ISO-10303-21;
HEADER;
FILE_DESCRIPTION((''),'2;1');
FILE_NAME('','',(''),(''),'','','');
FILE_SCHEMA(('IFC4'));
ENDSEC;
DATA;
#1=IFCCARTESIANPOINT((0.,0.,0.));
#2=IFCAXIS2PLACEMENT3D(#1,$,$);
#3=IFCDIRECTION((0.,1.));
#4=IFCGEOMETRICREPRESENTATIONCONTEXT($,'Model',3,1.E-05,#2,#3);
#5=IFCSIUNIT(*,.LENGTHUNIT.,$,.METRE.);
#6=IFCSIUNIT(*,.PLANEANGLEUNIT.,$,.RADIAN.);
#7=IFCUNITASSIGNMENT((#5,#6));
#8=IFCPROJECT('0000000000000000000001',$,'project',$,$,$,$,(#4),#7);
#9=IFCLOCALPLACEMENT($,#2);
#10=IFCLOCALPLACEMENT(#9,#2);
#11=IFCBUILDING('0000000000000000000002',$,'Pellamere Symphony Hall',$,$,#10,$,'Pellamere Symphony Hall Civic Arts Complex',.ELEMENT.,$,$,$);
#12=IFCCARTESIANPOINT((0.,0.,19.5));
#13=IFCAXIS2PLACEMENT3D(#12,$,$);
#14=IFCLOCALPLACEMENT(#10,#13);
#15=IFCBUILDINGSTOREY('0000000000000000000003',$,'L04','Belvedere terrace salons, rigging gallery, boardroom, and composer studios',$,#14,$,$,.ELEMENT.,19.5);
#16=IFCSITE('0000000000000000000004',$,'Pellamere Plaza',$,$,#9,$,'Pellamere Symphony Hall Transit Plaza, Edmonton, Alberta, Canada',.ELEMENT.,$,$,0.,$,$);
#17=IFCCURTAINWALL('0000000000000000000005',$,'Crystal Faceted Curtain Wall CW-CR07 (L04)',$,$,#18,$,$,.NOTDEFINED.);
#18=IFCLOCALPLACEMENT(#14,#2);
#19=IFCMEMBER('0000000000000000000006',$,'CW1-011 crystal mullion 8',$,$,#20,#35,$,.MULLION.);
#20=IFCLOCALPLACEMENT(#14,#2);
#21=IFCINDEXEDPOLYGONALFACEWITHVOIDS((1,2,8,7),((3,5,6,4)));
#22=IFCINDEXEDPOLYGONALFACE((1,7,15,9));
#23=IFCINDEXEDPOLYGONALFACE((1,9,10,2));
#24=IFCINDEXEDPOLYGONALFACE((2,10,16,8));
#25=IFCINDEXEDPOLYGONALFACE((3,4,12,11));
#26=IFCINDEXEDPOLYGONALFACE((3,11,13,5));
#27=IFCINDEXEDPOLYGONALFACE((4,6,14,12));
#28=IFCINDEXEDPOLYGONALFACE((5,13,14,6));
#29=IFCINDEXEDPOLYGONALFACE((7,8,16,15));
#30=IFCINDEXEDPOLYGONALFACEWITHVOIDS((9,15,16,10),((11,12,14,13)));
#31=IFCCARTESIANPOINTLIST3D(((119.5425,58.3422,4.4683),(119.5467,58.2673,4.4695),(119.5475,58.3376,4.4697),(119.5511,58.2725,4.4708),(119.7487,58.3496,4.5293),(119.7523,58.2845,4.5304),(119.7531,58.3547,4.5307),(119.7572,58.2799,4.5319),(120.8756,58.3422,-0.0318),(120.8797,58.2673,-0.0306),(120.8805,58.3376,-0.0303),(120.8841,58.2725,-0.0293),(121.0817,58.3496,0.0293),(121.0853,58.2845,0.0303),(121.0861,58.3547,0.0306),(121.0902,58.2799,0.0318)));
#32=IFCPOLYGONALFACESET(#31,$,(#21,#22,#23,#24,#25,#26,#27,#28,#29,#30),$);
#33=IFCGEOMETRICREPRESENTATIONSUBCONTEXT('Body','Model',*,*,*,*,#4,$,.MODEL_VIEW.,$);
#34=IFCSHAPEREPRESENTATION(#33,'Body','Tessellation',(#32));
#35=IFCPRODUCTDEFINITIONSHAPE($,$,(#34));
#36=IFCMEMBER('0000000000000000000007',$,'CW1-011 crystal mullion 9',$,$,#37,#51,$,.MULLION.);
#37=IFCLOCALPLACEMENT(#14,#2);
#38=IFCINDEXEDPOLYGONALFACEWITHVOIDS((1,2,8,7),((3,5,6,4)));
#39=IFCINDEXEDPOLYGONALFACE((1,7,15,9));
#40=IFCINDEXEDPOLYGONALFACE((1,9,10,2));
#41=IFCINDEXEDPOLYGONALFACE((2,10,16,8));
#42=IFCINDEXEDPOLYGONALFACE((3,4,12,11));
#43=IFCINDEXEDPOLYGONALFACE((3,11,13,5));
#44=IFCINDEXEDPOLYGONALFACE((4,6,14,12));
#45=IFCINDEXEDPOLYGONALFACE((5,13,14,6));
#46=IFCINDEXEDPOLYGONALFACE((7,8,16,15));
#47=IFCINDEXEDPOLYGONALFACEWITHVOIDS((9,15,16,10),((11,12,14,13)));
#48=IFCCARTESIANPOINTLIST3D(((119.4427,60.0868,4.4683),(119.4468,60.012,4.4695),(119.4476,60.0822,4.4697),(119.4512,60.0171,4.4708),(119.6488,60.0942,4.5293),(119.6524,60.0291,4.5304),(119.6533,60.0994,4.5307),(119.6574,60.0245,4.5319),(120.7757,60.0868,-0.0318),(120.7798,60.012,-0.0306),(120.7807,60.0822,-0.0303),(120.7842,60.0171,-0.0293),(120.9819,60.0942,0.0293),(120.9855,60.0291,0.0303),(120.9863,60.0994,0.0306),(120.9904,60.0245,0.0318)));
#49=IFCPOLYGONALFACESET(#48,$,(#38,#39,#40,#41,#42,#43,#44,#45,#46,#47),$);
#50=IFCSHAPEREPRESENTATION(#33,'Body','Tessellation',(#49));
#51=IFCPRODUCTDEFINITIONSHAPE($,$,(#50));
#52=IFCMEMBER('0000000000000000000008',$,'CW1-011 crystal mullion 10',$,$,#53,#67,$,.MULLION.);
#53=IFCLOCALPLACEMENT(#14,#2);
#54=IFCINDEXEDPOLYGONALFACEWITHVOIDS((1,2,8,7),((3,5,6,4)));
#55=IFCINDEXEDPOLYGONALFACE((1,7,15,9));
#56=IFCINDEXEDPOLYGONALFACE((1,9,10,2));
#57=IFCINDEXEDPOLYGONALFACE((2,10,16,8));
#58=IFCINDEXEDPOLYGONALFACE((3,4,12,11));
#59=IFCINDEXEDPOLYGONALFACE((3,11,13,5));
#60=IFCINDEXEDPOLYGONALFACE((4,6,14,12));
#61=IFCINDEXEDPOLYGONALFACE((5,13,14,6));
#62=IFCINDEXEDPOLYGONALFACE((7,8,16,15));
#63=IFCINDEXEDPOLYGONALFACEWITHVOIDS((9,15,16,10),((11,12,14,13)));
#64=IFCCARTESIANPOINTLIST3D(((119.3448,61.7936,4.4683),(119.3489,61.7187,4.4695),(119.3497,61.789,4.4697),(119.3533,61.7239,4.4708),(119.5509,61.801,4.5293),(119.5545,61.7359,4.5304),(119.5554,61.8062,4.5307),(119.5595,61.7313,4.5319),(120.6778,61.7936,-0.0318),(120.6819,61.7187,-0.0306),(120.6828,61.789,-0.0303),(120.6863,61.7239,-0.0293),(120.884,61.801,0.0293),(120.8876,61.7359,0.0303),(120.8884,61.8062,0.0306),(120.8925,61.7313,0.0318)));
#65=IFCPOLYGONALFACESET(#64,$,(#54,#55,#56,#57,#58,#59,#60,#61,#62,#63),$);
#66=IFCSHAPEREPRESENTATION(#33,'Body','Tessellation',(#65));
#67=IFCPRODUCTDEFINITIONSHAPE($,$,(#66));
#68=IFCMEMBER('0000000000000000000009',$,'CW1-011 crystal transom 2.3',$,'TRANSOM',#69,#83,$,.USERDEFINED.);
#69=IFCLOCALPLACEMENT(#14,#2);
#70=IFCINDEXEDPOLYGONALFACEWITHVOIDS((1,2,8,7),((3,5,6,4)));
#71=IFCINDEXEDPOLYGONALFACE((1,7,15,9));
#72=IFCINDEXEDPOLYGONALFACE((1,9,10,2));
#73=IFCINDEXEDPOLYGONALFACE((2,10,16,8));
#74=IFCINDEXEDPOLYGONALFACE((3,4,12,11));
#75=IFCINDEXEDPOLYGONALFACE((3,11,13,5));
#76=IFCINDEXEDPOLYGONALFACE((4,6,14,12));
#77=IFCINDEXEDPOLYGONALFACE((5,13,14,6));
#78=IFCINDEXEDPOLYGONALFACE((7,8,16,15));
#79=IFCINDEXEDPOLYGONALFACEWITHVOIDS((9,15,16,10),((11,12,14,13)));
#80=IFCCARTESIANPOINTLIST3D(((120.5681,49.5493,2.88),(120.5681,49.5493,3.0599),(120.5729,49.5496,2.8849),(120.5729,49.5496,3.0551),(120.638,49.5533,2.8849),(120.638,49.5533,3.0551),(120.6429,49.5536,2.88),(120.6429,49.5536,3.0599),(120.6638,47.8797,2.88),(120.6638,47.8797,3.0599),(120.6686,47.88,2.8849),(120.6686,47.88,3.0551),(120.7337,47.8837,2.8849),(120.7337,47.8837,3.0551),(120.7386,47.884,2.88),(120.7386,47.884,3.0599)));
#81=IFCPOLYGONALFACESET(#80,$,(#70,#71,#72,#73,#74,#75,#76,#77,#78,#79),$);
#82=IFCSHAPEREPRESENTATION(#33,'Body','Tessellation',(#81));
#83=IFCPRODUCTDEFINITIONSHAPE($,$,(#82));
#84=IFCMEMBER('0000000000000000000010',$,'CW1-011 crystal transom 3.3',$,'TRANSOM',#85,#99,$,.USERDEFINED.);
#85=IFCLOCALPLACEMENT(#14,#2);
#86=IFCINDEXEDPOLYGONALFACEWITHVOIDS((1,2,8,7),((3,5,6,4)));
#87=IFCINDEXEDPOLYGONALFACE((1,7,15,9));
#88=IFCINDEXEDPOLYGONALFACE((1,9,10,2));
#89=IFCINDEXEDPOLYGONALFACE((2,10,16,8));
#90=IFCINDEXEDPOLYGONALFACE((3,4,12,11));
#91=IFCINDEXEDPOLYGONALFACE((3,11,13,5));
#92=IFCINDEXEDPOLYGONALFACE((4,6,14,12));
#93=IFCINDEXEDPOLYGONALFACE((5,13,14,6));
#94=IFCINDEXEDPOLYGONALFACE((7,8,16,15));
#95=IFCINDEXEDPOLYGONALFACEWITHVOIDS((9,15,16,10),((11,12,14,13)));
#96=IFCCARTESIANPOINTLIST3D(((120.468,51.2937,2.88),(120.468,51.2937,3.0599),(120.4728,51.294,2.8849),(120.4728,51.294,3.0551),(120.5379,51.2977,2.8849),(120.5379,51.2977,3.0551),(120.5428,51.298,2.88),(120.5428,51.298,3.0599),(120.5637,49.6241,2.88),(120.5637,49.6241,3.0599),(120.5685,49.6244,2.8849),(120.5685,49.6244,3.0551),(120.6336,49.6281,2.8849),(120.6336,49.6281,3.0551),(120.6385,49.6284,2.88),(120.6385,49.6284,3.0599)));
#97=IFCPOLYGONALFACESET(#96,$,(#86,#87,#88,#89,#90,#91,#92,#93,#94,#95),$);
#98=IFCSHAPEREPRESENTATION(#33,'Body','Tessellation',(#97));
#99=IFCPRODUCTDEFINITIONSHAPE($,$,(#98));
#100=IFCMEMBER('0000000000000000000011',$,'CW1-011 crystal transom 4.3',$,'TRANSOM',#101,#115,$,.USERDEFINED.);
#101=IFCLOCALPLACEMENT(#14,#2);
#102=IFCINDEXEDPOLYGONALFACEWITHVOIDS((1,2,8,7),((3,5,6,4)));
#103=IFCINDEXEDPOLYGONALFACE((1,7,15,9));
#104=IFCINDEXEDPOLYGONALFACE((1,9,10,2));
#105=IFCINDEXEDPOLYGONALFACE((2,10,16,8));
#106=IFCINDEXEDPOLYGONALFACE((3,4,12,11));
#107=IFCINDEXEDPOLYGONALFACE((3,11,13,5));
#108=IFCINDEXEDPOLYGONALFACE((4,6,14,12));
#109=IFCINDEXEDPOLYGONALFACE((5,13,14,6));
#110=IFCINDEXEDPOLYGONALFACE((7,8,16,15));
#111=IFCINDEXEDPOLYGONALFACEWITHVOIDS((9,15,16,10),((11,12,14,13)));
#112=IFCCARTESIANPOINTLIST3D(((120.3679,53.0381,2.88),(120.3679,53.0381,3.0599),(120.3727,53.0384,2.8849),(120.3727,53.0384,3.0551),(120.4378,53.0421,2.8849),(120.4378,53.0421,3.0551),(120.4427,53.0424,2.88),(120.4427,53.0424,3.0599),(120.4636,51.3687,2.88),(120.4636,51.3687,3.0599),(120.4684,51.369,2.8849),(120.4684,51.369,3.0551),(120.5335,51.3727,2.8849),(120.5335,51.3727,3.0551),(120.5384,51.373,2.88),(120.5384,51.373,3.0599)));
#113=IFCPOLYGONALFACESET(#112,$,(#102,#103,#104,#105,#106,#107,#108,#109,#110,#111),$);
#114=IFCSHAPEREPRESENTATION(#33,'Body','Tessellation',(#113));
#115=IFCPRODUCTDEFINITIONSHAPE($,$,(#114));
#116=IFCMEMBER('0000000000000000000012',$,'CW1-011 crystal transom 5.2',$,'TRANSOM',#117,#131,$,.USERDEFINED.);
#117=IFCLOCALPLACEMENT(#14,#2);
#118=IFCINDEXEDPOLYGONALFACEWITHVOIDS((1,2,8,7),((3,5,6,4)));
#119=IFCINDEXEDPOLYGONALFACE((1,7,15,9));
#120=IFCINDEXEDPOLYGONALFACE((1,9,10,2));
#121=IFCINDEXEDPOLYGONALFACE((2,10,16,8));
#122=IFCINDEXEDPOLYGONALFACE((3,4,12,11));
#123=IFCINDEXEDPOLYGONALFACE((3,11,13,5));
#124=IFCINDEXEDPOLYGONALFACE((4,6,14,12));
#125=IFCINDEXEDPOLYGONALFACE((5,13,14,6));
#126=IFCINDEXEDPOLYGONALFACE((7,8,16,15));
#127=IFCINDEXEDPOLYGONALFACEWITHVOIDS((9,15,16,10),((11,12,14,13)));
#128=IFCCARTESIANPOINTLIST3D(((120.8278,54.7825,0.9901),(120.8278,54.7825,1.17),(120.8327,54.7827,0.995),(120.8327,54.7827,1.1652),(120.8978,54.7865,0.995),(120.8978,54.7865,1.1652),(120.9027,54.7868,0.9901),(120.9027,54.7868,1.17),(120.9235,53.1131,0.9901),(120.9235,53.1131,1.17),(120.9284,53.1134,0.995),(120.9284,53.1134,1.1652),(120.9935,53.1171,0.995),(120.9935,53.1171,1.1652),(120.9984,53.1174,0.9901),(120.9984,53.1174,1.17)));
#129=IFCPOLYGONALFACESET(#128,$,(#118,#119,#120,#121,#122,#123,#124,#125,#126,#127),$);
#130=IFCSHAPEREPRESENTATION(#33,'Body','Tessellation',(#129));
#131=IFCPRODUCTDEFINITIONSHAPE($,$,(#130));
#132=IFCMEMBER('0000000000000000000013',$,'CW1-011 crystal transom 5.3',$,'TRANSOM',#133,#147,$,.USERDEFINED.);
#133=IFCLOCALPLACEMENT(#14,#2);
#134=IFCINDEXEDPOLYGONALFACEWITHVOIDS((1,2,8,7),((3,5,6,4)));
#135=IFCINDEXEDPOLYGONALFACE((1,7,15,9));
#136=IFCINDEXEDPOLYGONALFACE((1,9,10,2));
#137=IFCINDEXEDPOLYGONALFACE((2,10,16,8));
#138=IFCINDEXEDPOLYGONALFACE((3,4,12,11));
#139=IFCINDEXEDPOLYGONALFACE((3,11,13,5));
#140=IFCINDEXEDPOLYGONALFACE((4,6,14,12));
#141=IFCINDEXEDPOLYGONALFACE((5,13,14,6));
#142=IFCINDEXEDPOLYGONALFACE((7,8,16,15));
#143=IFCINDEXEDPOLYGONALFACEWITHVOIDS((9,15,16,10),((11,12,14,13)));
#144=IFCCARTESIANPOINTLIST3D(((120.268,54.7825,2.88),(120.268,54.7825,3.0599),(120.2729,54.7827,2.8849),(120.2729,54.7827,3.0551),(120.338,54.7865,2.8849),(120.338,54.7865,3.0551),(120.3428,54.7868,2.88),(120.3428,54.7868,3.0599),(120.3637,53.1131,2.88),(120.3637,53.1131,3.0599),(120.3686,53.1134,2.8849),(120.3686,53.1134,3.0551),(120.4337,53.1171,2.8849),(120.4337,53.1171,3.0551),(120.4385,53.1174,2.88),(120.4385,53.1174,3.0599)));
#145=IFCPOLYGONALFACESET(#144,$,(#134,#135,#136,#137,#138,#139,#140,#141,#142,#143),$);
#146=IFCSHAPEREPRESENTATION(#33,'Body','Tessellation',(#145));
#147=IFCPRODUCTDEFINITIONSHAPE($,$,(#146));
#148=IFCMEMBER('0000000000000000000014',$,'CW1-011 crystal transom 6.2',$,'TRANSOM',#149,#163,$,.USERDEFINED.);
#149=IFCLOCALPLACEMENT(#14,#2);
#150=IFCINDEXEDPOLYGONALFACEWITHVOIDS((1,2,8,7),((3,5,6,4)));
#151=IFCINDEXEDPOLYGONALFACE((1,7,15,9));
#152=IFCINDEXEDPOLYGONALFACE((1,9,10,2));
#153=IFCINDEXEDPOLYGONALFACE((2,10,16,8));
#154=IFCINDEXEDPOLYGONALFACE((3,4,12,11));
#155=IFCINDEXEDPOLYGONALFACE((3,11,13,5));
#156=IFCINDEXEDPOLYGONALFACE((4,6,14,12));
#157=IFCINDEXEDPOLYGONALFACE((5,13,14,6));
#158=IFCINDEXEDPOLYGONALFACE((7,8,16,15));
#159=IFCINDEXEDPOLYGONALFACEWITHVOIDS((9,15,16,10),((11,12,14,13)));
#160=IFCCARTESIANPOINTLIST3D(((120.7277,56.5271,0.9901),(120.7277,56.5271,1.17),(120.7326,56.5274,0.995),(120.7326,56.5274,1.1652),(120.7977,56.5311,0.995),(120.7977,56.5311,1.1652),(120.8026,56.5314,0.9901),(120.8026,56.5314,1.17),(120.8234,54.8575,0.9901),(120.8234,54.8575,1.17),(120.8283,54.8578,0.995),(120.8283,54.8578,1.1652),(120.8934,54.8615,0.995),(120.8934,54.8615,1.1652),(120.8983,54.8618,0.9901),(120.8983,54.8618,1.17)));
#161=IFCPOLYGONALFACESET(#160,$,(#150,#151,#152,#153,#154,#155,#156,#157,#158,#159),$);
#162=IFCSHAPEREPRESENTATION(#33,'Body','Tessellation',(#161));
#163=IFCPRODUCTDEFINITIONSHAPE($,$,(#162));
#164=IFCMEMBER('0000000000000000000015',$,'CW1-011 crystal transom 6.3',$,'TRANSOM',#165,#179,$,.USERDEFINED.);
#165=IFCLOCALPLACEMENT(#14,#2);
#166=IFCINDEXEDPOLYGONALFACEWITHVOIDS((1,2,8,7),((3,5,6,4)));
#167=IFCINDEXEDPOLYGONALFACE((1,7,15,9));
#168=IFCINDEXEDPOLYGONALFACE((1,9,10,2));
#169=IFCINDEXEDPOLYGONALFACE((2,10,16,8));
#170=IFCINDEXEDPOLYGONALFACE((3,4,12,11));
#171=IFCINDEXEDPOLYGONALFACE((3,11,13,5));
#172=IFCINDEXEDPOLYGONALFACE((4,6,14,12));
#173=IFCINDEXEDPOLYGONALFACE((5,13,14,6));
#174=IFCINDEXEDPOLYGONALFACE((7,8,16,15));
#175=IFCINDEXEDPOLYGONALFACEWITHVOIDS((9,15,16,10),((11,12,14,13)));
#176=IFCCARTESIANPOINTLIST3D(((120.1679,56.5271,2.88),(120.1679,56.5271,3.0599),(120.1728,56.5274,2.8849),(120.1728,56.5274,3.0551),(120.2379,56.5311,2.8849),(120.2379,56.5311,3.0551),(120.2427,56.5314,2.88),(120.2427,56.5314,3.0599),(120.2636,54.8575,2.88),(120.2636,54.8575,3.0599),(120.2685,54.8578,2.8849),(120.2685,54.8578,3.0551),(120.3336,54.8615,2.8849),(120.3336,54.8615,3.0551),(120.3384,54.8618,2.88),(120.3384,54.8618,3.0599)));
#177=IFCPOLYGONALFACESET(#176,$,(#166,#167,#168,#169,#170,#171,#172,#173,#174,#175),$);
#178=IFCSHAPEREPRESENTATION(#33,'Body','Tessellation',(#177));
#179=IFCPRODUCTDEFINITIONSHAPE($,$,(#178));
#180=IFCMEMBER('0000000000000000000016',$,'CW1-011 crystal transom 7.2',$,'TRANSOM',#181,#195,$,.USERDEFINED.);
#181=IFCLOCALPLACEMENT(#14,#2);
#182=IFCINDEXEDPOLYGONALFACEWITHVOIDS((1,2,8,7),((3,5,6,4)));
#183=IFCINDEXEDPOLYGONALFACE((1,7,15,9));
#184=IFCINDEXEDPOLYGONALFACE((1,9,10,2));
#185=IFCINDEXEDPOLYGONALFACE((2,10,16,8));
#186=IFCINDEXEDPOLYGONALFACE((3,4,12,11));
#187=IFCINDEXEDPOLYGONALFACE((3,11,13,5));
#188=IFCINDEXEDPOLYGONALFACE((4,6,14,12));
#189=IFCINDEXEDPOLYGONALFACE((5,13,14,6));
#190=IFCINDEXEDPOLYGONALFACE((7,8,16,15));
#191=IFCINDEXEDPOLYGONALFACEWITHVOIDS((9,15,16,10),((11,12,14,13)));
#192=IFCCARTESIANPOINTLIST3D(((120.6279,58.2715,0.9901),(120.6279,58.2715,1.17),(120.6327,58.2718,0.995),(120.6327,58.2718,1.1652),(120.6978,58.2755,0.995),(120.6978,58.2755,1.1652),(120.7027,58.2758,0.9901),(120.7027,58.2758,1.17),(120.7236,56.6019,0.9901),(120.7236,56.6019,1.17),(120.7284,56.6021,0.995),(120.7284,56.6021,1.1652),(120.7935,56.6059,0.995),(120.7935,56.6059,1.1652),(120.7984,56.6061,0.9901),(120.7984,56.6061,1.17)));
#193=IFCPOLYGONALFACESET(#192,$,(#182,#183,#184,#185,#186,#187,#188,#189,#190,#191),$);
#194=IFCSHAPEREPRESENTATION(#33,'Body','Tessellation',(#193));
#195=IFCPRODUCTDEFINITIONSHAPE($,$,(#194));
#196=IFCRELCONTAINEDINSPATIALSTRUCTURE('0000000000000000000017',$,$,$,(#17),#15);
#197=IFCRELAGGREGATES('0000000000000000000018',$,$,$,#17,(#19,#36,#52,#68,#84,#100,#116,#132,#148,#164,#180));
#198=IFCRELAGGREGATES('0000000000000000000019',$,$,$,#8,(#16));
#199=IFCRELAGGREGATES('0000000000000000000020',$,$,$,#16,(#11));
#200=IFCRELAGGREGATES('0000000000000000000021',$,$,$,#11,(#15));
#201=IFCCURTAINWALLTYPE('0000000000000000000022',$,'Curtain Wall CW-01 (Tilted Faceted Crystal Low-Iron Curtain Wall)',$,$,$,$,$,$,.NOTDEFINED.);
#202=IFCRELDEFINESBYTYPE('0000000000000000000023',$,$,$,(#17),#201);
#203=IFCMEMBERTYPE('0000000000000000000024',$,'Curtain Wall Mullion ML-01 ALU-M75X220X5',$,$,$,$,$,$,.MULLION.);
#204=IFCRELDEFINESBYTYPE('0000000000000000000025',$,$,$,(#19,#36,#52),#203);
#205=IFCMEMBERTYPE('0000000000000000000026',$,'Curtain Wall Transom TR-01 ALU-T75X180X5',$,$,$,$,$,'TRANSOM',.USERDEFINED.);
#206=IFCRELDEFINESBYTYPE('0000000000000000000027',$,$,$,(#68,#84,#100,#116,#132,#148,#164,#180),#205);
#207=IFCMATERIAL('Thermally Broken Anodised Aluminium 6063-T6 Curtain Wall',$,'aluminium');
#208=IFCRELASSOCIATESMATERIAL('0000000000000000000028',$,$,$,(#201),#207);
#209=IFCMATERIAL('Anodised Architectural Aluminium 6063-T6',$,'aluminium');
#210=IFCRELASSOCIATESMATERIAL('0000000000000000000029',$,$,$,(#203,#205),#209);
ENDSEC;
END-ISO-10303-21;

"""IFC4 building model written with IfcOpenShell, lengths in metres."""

from ifc_helpers import new_model, si_unit, direction, frame, origin, origin_2d, place, context, subcontext, project, spatial, hollow_rectangle, extrude, material, material_profile, profile_set, type_object, element, aggregate, save


model = new_model("IFC4")

# Units and contexts
model_context = context("Model", 3, precision=1e-05, world=origin(), true_north=direction((0.0, 1.0)))
body_context = subcontext(model_context, "Body", "Model", "MODEL_VIEW")
ifc_project = project(units=[si_unit("LENGTHUNIT", "METRE"), si_unit("PLANEANGLEUNIT", "RADIAN")], contexts=[model_context])

# Site, building, storey
site_placement = place(None, origin())
site = spatial("IfcSite", under=ifc_project, at=site_placement, Name="Pellamere Plaza", LongName="Pellamere Symphony Hall Transit Plaza, Edmonton, Alberta, Canada", CompositionType="ELEMENT", RefElevation=0.0)
building_placement = place(site_placement, origin())
building = spatial("IfcBuilding", under=site, at=building_placement, Name="Pellamere Symphony Hall", LongName="Pellamere Symphony Hall Civic Arts Complex", CompositionType="ELEMENT")
storey_placement = place(building_placement, frame((0.0, 0.0, 19.5)))
storey = spatial("IfcBuildingStorey", under=building, at=storey_placement, Name="L04", Description="Belvedere terrace salons, rigging gallery, boardroom, and composer studios", CompositionType="ELEMENT", Elevation=19.5)

# Curtain wall, members
ifc_material_1 = material(Name="Thermally Broken Anodised Aluminium 6063-T6 Curtain Wall", Category="aluminium")
curtain_wall_type = type_object("IfcCurtainWallType", Name="Curtain Wall CW-01 (Tilted Faceted Crystal Low-Iron Curtain Wall)", PredefinedType="NOTDEFINED", material=ifc_material_1)
curtain_wall_1_placement = place(storey_placement, origin())
curtain_wall_1 = element("IfcCurtainWall", 1, at=curtain_wall_1_placement, inside=storey, type_object=curtain_wall_type, Name="Crystal Faceted Curtain Wall CW-CR07 (L04)", PredefinedType="NOTDEFINED")
ifc_material_2 = material(Name="Anodised Architectural Aluminium 6063-T6", Category="aluminium")
ifc_material_profile_1 = material_profile(ifc_material_2, hollow_rectangle(XDim=0.075, YDim=0.22, WallThickness=0.0049, at=origin_2d()), Name="ALU-M75X220X5")
ifc_profile_set_1 = profile_set([ifc_material_profile_1], Name="Anodised Architectural Aluminium 6063-T6")
member_type_1 = type_object("IfcMemberType", Name="Curtain Wall Mullion ML-01 ALU-M75X220X5", PredefinedType="MULLION", material=ifc_profile_set_1)
member_1_placement = place(storey_placement, frame((120.9829, 58.311, 0.0), z_axis=(-0.284025, 0.0, 0.958817), x_axis=(-0.054874, 0.998361, -0.016255)))
member_1 = element("IfcMember", 2, at=member_1_placement, type_object=member_type_1, Name="CW1-011 crystal mullion 8", PredefinedType="MULLION", context=body_context, shape_type="SweptSolid", body=[
    extrude(hollow_rectangle(XDim=0.075, YDim=0.22, WallThickness=0.0049, at=origin_2d()), origin(), (0.0, 0.0, 1.0), 4.6934),
])
member_2_placement = place(storey_placement, frame((120.8831, 60.0557, 0.0), z_axis=(-0.284025, 0.0, 0.958817), x_axis=(-0.054874, 0.998361, -0.016255)))
member_2 = element("IfcMember", 3, at=member_2_placement, type_object=member_type_1, Name="CW1-011 crystal mullion 9", PredefinedType="MULLION", context=body_context, shape_type="SweptSolid", body=[
    extrude(hollow_rectangle(XDim=0.075, YDim=0.22, WallThickness=0.0049, at=origin_2d()), origin(), (0.0, 0.0, 1.0), 4.6934),
])
member_3_placement = place(storey_placement, frame((120.7852, 61.7625, 0.0), z_axis=(-0.284025, 0.0, 0.958817), x_axis=(-0.054874, 0.998361, -0.016255)))
member_3 = element("IfcMember", 4, at=member_3_placement, type_object=member_type_1, Name="CW1-011 crystal mullion 10", PredefinedType="MULLION", context=body_context, shape_type="SweptSolid", body=[
    extrude(hollow_rectangle(XDim=0.075, YDim=0.22, WallThickness=0.0049, at=origin_2d()), origin(), (0.0, 0.0, 1.0), 4.6934),
])
ifc_material_profile_2 = material_profile(ifc_material_2, hollow_rectangle(XDim=0.075, YDim=0.1799, WallThickness=0.0049, at=origin_2d()), Name="ALU-T75X180X5")
ifc_profile_set_2 = profile_set([ifc_material_profile_2], Name="Anodised Architectural Aluminium 6063-T6")
member_type_2 = type_object("IfcMemberType", Name="Curtain Wall Transom TR-01 ALU-T75X180X5", ElementType="TRANSOM", PredefinedType="USERDEFINED", material=ifc_profile_set_2)
member_4_placement = place(storey_placement, frame((120.7012, 47.8818, 2.97), z_axis=(-0.057224, 0.998361, 0.0), x_axis=(-0.998361, -0.057224, 0.0)))
member_4 = element("IfcMember", 5, at=member_4_placement, type_object=member_type_2, Name="CW1-011 crystal transom 2.3", ObjectType="TRANSOM", PredefinedType="USERDEFINED", context=body_context, shape_type="SweptSolid", body=[
    extrude(hollow_rectangle(XDim=0.075, YDim=0.1799, WallThickness=0.0049, at=origin_2d()), origin(), (0.0, 0.0, 1.0), 1.6724),
])
member_5_placement = place(storey_placement, frame((120.6011, 49.6262, 2.97), z_axis=(-0.057224, 0.998361, 0.0), x_axis=(-0.998361, -0.057224, 0.0)))
member_5 = element("IfcMember", 6, at=member_5_placement, type_object=member_type_2, Name="CW1-011 crystal transom 3.3", ObjectType="TRANSOM", PredefinedType="USERDEFINED", context=body_context, shape_type="SweptSolid", body=[
    extrude(hollow_rectangle(XDim=0.075, YDim=0.1799, WallThickness=0.0049, at=origin_2d()), origin(), (0.0, 0.0, 1.0), 1.6724),
])
member_6_placement = place(storey_placement, frame((120.501, 51.3708, 2.97), z_axis=(-0.057233, 0.998361, 0.0), x_axis=(-0.998361, -0.057233, 0.0)))
member_6 = element("IfcMember", 7, at=member_6_placement, type_object=member_type_2, Name="CW1-011 crystal transom 4.3", ObjectType="TRANSOM", PredefinedType="USERDEFINED", context=body_context, shape_type="SweptSolid", body=[
    extrude(hollow_rectangle(XDim=0.075, YDim=0.1799, WallThickness=0.0049, at=origin_2d()), origin(), (0.0, 0.0, 1.0), 1.6721),
])
member_7_placement = place(storey_placement, frame((120.9609, 53.1152, 1.0801), z_axis=(-0.057233, 0.998361, 0.0), x_axis=(-0.998361, -0.057233, 0.0)))
member_7 = element("IfcMember", 8, at=member_7_placement, type_object=member_type_2, Name="CW1-011 crystal transom 5.2", ObjectType="TRANSOM", PredefinedType="USERDEFINED", context=body_context, shape_type="SweptSolid", body=[
    extrude(hollow_rectangle(XDim=0.075, YDim=0.1799, WallThickness=0.0049, at=origin_2d()), origin(), (0.0, 0.0, 1.0), 1.6721),
])
member_8_placement = place(storey_placement, frame((120.4011, 53.1152, 2.97), z_axis=(-0.057233, 0.998361, 0.0), x_axis=(-0.998361, -0.057233, 0.0)))
member_8 = element("IfcMember", 9, at=member_8_placement, type_object=member_type_2, Name="CW1-011 crystal transom 5.3", ObjectType="TRANSOM", PredefinedType="USERDEFINED", context=body_context, shape_type="SweptSolid", body=[
    extrude(hollow_rectangle(XDim=0.075, YDim=0.1799, WallThickness=0.0049, at=origin_2d()), origin(), (0.0, 0.0, 1.0), 1.6721),
])
member_9_placement = place(storey_placement, frame((120.8608, 54.8596, 1.0801), z_axis=(-0.057224, 0.998361, 0.0), x_axis=(-0.998361, -0.057224, 0.0)))
member_9 = element("IfcMember", 10, at=member_9_placement, type_object=member_type_2, Name="CW1-011 crystal transom 6.2", ObjectType="TRANSOM", PredefinedType="USERDEFINED", context=body_context, shape_type="SweptSolid", body=[
    extrude(hollow_rectangle(XDim=0.075, YDim=0.1799, WallThickness=0.0049, at=origin_2d()), origin(), (0.0, 0.0, 1.0), 1.6724),
])
member_10_placement = place(storey_placement, frame((120.301, 54.8596, 2.97), z_axis=(-0.057224, 0.998361, 0.0), x_axis=(-0.998361, -0.057224, 0.0)))
member_10 = element("IfcMember", 11, at=member_10_placement, type_object=member_type_2, Name="CW1-011 crystal transom 6.3", ObjectType="TRANSOM", PredefinedType="USERDEFINED", context=body_context, shape_type="SweptSolid", body=[
    extrude(hollow_rectangle(XDim=0.075, YDim=0.1799, WallThickness=0.0049, at=origin_2d()), origin(), (0.0, 0.0, 1.0), 1.6724),
])
member_11_placement = place(storey_placement, frame((120.761, 56.604, 1.0801), z_axis=(-0.057224, 0.998361, 0.0), x_axis=(-0.998361, -0.057224, 0.0)))
member_11 = element("IfcMember", 12, at=member_11_placement, type_object=member_type_2, Name="CW1-011 crystal transom 7.2", ObjectType="TRANSOM", PredefinedType="USERDEFINED", context=body_context, shape_type="SweptSolid", body=[
    extrude(hollow_rectangle(XDim=0.075, YDim=0.1799, WallThickness=0.0049, at=origin_2d()), origin(), (0.0, 0.0, 1.0), 1.6724),
])

aggregate(curtain_wall_1, [member_1, member_2, member_3, member_4, member_5, member_6, member_7, member_8, member_9, member_10, member_11])

save(model, "model.ifc")
